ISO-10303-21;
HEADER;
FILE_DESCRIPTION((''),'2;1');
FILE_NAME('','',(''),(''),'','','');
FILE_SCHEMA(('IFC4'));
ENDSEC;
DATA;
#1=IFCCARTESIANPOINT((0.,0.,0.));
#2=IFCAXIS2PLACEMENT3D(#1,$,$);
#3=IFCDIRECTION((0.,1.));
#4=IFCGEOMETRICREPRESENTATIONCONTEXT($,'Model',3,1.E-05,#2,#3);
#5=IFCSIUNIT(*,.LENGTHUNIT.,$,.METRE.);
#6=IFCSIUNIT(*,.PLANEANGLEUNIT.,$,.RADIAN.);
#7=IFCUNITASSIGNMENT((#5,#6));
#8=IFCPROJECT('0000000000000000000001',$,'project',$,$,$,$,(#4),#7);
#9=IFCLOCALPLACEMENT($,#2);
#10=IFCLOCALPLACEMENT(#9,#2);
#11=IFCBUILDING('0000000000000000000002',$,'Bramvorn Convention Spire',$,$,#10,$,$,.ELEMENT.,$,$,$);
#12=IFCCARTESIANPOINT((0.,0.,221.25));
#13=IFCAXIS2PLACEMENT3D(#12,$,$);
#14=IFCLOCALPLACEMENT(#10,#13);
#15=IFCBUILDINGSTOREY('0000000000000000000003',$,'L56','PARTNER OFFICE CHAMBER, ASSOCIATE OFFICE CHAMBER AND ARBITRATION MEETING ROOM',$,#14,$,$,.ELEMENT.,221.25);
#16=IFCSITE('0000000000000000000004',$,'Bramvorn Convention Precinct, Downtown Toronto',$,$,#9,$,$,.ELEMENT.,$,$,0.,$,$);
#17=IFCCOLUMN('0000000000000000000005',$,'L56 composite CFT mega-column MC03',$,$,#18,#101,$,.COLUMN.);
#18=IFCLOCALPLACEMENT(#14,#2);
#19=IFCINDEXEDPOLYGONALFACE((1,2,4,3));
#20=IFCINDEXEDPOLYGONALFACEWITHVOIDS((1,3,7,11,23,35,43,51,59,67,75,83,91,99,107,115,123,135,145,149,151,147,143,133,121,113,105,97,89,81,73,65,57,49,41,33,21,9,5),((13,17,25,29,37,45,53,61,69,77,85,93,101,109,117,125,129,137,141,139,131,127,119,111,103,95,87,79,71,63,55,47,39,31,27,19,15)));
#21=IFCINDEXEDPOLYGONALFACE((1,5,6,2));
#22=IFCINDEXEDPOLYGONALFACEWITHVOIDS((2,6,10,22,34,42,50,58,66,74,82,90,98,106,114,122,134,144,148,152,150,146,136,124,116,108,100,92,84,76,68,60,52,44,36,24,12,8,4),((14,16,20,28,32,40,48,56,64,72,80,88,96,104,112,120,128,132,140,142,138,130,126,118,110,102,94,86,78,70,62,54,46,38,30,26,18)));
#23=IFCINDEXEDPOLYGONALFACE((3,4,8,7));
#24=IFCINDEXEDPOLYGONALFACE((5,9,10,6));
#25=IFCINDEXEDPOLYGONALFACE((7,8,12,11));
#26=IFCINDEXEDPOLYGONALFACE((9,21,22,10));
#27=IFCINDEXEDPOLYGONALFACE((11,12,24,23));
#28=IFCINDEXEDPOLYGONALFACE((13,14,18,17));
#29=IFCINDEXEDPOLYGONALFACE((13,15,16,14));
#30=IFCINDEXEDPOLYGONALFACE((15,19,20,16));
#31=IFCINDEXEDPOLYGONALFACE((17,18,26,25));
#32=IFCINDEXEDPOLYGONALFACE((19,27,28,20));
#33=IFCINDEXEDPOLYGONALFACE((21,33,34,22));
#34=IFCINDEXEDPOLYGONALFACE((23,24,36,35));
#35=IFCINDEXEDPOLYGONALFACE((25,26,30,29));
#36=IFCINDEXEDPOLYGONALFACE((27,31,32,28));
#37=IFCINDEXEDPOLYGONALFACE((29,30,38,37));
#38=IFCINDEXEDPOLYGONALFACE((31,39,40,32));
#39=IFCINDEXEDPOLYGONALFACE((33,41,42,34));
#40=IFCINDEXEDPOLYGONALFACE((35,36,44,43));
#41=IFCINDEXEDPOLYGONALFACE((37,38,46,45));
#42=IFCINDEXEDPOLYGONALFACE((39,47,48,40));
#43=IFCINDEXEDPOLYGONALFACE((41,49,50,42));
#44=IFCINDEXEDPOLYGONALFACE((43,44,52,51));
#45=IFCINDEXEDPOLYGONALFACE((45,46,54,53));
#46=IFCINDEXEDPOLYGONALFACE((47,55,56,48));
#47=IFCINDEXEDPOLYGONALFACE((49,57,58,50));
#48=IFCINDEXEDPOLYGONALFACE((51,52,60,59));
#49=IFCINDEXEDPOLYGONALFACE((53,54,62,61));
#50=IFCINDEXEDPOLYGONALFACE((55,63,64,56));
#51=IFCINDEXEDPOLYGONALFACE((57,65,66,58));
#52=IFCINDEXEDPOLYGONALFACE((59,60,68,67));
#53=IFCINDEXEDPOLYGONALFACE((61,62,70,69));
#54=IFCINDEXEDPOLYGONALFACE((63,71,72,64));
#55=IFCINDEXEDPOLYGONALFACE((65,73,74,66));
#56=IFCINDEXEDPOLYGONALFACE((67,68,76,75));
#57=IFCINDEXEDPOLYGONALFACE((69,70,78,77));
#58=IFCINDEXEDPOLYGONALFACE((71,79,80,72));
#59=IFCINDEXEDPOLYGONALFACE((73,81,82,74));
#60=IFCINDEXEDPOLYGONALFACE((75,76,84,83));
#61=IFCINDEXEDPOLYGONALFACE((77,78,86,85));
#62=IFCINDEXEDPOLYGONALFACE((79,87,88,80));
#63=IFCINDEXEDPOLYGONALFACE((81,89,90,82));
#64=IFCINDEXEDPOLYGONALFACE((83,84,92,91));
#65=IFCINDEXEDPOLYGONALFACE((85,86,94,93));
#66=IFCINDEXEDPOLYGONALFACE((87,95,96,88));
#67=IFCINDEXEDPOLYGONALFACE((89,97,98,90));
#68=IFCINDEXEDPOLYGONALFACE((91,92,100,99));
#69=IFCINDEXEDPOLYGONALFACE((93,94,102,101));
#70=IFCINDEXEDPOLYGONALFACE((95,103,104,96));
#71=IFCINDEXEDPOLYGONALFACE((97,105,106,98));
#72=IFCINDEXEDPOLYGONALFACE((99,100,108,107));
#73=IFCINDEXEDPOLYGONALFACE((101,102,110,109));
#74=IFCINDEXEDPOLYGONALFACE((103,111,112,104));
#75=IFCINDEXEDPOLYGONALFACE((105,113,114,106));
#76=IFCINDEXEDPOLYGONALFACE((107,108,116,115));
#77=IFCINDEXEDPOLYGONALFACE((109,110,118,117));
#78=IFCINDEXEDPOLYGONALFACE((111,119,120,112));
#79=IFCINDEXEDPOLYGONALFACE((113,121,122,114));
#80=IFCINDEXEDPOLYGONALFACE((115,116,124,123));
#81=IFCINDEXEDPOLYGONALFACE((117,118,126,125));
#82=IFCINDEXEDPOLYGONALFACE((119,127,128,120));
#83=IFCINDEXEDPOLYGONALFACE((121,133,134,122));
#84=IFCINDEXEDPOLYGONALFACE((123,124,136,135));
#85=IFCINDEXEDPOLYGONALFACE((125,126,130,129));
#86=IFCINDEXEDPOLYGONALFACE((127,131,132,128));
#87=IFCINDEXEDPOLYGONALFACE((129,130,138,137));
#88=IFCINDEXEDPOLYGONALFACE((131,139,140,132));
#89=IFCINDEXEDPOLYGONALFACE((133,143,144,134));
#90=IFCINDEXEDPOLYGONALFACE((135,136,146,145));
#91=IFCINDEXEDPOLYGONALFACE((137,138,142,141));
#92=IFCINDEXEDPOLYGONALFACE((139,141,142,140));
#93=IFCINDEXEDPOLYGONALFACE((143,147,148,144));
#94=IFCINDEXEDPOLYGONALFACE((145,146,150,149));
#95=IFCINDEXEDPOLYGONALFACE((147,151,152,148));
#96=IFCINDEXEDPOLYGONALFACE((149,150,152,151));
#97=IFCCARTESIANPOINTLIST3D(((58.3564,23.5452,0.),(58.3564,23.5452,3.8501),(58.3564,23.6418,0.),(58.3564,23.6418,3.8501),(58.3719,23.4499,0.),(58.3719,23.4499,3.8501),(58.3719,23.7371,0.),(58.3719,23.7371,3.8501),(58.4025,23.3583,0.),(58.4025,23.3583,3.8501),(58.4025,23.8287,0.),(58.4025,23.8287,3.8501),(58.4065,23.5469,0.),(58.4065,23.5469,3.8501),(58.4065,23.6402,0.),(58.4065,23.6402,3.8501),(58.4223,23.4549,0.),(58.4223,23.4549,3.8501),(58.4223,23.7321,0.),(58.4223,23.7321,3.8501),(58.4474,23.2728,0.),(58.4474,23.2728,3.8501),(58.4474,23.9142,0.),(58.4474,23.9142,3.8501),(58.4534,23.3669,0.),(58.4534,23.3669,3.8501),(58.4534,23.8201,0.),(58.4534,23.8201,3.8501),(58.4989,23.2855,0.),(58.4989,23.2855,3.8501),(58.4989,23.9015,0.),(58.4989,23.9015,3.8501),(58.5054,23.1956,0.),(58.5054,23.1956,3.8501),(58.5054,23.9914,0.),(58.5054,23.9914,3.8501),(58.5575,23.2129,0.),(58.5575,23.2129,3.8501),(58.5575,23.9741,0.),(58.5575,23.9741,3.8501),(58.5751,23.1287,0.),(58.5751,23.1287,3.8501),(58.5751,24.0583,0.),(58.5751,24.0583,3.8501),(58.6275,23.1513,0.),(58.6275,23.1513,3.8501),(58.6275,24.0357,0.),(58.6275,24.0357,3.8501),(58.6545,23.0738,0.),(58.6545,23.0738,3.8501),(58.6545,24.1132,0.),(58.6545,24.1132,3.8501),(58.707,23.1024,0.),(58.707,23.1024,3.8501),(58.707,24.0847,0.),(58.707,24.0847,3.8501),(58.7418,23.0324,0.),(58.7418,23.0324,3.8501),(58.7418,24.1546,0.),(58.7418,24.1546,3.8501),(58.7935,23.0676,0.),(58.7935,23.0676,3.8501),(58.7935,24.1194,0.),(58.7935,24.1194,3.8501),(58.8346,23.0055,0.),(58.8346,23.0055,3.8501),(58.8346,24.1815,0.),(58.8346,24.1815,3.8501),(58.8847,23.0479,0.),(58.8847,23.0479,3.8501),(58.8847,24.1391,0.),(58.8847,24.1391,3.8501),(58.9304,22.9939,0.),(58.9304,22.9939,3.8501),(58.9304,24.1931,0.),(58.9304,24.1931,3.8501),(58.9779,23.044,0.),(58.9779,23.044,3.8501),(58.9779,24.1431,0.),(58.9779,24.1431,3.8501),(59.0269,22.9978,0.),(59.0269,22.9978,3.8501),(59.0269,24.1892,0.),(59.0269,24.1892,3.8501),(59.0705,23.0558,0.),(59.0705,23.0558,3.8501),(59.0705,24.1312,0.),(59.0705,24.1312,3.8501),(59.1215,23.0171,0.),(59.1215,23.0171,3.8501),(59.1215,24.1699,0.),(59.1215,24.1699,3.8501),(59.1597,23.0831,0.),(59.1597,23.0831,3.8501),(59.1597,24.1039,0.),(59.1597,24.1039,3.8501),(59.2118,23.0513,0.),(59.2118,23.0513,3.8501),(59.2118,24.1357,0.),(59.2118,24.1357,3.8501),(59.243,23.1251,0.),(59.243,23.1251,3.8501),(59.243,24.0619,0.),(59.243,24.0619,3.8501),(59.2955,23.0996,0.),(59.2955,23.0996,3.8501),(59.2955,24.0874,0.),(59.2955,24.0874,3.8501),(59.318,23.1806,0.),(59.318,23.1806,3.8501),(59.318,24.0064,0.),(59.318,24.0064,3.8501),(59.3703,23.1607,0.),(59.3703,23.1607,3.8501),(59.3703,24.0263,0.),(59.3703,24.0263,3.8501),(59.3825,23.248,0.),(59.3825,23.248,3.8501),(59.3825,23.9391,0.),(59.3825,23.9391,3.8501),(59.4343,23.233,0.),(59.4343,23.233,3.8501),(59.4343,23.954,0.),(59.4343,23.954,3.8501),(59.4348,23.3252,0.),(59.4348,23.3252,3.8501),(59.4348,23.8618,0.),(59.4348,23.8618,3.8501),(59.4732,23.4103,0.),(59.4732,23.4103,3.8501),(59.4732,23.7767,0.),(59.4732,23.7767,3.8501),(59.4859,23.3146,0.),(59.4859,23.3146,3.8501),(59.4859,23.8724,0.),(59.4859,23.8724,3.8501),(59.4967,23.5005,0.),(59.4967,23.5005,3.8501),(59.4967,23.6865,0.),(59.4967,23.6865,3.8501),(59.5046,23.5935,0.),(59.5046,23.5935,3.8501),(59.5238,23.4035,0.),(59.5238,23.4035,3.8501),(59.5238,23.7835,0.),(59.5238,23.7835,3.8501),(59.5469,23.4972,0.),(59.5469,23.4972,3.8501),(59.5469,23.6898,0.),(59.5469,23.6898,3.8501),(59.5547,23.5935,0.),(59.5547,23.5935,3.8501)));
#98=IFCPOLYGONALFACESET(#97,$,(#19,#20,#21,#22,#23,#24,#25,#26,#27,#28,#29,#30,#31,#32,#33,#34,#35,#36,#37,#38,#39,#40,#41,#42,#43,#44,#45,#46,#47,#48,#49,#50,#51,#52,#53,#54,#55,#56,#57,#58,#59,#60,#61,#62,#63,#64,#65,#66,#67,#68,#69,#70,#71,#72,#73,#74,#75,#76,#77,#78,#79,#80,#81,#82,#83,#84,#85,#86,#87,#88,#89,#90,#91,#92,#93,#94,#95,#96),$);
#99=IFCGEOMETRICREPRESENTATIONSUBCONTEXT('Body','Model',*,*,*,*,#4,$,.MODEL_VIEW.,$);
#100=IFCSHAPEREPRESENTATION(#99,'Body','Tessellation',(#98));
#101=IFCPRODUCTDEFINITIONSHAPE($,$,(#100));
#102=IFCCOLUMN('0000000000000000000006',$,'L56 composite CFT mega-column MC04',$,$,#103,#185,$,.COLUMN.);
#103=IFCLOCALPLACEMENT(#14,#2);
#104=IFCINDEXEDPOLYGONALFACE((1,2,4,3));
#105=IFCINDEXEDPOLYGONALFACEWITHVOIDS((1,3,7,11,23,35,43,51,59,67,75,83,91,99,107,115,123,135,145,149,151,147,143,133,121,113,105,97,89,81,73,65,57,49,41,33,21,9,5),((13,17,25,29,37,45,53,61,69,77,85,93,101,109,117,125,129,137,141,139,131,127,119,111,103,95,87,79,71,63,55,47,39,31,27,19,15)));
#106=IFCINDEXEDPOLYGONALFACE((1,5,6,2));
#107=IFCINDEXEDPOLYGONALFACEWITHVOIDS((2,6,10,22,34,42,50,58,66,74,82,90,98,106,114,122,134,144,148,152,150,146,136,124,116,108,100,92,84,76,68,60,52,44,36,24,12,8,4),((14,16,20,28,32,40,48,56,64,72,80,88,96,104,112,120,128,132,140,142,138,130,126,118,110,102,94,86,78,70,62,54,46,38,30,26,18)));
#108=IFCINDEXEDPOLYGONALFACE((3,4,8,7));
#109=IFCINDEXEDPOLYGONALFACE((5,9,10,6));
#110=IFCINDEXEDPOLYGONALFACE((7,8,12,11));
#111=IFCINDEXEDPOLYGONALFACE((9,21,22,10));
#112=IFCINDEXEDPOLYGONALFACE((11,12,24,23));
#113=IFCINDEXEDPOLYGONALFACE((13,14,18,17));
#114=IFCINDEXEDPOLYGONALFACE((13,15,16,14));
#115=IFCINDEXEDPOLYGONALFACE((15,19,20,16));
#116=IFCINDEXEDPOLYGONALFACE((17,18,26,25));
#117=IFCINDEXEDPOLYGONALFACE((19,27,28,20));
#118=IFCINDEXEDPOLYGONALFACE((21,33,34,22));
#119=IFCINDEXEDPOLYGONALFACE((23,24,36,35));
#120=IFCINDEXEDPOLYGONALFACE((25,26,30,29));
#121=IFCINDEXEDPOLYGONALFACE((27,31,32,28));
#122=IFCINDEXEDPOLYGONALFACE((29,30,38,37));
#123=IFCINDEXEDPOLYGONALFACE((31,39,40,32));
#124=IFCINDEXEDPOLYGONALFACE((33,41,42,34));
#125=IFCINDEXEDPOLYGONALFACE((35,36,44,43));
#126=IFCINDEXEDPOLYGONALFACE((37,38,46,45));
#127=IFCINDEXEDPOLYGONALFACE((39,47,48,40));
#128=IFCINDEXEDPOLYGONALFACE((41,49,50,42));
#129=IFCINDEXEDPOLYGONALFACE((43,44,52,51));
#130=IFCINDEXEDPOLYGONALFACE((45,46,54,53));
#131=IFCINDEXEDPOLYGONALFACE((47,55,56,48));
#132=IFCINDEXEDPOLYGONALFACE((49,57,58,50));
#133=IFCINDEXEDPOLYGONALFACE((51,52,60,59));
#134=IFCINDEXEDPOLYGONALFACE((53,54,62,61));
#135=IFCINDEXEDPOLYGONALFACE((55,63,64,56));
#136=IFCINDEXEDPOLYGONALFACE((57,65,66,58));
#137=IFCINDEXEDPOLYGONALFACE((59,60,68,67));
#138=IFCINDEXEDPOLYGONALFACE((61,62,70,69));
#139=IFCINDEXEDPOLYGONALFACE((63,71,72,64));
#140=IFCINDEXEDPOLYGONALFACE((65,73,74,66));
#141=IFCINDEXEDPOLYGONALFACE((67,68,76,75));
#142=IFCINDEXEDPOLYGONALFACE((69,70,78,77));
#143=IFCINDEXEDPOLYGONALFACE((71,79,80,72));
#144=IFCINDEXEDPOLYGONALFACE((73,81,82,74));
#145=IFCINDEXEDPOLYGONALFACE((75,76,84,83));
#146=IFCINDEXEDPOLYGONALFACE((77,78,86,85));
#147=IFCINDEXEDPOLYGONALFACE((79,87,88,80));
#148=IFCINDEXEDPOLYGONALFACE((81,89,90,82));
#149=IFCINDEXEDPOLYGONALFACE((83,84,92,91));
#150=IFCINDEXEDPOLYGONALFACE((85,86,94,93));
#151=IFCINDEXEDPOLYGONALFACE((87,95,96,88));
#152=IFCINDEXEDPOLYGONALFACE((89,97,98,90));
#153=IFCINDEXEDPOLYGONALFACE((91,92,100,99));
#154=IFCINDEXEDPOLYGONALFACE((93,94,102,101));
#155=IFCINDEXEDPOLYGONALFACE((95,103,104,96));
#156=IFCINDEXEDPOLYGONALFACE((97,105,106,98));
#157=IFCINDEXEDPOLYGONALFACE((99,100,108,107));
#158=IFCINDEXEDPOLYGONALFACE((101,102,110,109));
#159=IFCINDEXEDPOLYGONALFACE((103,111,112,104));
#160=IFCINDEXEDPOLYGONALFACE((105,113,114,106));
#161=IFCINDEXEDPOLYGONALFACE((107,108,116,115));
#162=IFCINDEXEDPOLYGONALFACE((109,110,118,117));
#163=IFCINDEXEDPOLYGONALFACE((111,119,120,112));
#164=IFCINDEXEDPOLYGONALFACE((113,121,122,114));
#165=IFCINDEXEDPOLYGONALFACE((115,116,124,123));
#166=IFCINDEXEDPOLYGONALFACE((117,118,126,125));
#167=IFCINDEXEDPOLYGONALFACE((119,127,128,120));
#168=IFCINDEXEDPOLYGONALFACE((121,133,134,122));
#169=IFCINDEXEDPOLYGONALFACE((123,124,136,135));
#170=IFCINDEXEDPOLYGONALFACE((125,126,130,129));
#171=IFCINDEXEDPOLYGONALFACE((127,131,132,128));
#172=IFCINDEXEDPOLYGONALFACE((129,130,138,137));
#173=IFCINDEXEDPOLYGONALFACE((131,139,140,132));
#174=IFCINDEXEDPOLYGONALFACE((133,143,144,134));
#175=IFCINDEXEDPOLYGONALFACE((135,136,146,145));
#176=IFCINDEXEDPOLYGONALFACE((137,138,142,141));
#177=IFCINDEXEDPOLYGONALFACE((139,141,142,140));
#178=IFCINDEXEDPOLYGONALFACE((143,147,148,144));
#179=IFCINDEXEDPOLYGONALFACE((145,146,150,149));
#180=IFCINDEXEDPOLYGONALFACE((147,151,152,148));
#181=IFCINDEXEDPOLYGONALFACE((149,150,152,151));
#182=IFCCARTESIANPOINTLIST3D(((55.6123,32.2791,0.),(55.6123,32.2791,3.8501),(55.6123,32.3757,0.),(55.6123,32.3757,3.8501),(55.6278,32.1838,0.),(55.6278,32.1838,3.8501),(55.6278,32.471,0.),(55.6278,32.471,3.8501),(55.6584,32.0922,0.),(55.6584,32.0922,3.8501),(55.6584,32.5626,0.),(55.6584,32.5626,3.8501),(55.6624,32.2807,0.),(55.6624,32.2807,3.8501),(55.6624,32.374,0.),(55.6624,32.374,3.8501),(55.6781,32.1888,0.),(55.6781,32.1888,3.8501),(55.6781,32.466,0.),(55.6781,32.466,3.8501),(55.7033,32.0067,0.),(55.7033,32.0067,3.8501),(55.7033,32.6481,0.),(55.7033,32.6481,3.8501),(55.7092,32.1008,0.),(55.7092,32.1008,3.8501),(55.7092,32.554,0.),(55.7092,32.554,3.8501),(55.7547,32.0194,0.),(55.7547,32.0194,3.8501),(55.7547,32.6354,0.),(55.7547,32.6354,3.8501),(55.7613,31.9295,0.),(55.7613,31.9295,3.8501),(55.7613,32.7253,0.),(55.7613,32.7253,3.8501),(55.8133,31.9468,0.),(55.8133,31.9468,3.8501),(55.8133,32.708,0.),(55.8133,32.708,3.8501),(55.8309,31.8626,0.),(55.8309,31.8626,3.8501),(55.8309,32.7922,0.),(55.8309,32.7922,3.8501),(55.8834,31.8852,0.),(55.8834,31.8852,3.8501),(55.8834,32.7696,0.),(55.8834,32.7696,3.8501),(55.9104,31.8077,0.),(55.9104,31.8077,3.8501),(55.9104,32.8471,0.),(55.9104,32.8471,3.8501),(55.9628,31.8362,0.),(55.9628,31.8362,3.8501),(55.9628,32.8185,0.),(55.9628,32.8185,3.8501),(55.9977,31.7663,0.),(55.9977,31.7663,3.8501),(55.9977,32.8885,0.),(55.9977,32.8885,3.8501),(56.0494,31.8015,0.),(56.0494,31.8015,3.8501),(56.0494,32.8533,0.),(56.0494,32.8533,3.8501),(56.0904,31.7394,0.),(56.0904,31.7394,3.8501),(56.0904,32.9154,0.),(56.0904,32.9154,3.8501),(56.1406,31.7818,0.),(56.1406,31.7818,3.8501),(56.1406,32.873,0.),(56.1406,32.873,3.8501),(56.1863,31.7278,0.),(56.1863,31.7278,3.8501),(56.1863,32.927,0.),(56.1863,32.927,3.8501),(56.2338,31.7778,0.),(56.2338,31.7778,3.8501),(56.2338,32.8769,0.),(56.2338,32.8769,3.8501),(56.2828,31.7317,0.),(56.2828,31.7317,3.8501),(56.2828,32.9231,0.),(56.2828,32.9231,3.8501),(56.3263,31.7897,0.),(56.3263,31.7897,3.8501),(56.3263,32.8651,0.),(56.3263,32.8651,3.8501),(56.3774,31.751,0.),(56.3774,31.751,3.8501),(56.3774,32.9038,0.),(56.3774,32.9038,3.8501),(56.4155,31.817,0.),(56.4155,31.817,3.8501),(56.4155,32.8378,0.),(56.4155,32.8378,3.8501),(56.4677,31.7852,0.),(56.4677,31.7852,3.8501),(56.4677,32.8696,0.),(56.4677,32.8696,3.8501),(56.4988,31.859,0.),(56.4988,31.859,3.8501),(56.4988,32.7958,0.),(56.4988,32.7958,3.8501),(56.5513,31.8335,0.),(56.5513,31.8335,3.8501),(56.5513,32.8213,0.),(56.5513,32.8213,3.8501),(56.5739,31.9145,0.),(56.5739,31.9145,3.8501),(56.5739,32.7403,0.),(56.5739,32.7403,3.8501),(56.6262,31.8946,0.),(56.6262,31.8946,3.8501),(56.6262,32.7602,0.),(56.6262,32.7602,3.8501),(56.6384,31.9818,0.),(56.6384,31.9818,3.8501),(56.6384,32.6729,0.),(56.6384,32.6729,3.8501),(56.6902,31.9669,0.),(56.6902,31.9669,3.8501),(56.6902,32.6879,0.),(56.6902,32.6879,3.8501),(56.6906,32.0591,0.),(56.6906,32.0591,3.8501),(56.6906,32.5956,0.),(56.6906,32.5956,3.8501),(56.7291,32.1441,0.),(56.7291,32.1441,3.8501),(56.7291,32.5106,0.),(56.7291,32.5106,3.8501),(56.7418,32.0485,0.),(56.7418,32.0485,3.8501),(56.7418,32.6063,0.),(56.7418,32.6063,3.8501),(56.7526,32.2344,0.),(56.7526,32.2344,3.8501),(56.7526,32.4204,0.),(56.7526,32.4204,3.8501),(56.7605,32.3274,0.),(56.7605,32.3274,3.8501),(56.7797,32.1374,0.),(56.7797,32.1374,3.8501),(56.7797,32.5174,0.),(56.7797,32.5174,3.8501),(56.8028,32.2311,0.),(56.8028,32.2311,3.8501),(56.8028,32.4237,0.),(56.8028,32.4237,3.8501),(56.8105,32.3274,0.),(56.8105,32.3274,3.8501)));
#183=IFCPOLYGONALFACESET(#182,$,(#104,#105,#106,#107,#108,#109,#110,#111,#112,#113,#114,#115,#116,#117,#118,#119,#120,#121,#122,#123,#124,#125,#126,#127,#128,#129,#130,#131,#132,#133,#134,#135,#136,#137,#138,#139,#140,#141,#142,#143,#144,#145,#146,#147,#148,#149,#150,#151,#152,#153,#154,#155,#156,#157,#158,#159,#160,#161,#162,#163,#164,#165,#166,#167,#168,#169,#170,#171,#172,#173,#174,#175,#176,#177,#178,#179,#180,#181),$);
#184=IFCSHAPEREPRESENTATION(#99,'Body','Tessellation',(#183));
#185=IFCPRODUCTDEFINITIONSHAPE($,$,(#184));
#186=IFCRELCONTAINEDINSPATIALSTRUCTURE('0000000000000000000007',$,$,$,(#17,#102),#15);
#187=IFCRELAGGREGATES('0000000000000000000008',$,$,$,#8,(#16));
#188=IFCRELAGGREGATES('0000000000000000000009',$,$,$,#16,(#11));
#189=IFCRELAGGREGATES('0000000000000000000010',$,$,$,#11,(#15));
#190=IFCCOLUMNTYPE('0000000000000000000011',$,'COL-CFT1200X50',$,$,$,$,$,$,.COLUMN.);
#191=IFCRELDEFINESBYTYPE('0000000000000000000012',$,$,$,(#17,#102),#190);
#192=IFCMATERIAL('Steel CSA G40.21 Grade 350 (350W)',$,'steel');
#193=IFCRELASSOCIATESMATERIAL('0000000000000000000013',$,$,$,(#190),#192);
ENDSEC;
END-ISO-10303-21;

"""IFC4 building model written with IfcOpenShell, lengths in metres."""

from ifc_helpers import new_model, si_unit, direction, frame, origin, origin_2d, place, context, subcontext, project, spatial, hollow_circle, extrude, material, material_profile, profile_set, type_object, element, save


model = new_model("IFC4")

# Units and contexts
model_context = context("Model", 3, precision=1e-05, world=origin(), true_north=direction((0.0, 1.0)))
body_context = subcontext(model_context, "Body", "Model", "MODEL_VIEW")
ifc_project = project(units=[si_unit("LENGTHUNIT", "METRE"), si_unit("PLANEANGLEUNIT", "RADIAN")], contexts=[model_context])

# Site, building, storey
site_placement = place(None, origin())
site = spatial("IfcSite", under=ifc_project, at=site_placement, Name="Bramvorn Convention Precinct, Downtown Toronto", CompositionType="ELEMENT", RefElevation=0.0)
building_placement = place(site_placement, origin())
building = spatial("IfcBuilding", under=site, at=building_placement, Name="Bramvorn Convention Spire", CompositionType="ELEMENT")
storey_placement = place(building_placement, frame((0.0, 0.0, 221.25)))
storey = spatial("IfcBuildingStorey", under=building, at=storey_placement, Name="L56", Description="PARTNER OFFICE CHAMBER, ASSOCIATE OFFICE CHAMBER AND ARBITRATION MEETING ROOM", CompositionType="ELEMENT", Elevation=221.25)

# Columns
ifc_material_1 = material(Name="Steel CSA G40.21 Grade 350 (350W)", Category="steel")
ifc_material_profile_1 = material_profile(ifc_material_1, hollow_circle(Radius=0.6001, WallThickness=0.05, at=origin_2d()))
ifc_profile_set_1 = profile_set([ifc_material_profile_1], Name="Steel CSA G40.21 Grade 350 (350W) - CFT1200X50")
column_type = type_object("IfcColumnType", Name="COL-CFT1200X50", PredefinedType="COLUMN", material=ifc_profile_set_1)
for number, where, z_axis, x_axis, name in (
    (1, (58.9546, 23.5935, 0.0), (0.0, 0.0, 1.0), (1.0, 0.0, 0.0), "L56 composite CFT mega-column MC03"),
    (2, (56.2104, 32.3274, 0.0), (0.0, 0.0, 1.0), (1.0, 0.0, 0.0), "L56 composite CFT mega-column MC04"),
):
    element("IfcColumn", number, at=place(storey_placement, frame(where, z_axis=z_axis, x_axis=x_axis)), inside=storey, type_object=column_type, Name=name, PredefinedType="COLUMN", context=body_context, shape_type="SweptSolid", body=[
        extrude(hollow_circle(Radius=0.6001, WallThickness=0.05, at=origin_2d()), origin(), (0.0, 0.0, 1.0), 3.8501),
    ])

save(model, "model.ifc")
